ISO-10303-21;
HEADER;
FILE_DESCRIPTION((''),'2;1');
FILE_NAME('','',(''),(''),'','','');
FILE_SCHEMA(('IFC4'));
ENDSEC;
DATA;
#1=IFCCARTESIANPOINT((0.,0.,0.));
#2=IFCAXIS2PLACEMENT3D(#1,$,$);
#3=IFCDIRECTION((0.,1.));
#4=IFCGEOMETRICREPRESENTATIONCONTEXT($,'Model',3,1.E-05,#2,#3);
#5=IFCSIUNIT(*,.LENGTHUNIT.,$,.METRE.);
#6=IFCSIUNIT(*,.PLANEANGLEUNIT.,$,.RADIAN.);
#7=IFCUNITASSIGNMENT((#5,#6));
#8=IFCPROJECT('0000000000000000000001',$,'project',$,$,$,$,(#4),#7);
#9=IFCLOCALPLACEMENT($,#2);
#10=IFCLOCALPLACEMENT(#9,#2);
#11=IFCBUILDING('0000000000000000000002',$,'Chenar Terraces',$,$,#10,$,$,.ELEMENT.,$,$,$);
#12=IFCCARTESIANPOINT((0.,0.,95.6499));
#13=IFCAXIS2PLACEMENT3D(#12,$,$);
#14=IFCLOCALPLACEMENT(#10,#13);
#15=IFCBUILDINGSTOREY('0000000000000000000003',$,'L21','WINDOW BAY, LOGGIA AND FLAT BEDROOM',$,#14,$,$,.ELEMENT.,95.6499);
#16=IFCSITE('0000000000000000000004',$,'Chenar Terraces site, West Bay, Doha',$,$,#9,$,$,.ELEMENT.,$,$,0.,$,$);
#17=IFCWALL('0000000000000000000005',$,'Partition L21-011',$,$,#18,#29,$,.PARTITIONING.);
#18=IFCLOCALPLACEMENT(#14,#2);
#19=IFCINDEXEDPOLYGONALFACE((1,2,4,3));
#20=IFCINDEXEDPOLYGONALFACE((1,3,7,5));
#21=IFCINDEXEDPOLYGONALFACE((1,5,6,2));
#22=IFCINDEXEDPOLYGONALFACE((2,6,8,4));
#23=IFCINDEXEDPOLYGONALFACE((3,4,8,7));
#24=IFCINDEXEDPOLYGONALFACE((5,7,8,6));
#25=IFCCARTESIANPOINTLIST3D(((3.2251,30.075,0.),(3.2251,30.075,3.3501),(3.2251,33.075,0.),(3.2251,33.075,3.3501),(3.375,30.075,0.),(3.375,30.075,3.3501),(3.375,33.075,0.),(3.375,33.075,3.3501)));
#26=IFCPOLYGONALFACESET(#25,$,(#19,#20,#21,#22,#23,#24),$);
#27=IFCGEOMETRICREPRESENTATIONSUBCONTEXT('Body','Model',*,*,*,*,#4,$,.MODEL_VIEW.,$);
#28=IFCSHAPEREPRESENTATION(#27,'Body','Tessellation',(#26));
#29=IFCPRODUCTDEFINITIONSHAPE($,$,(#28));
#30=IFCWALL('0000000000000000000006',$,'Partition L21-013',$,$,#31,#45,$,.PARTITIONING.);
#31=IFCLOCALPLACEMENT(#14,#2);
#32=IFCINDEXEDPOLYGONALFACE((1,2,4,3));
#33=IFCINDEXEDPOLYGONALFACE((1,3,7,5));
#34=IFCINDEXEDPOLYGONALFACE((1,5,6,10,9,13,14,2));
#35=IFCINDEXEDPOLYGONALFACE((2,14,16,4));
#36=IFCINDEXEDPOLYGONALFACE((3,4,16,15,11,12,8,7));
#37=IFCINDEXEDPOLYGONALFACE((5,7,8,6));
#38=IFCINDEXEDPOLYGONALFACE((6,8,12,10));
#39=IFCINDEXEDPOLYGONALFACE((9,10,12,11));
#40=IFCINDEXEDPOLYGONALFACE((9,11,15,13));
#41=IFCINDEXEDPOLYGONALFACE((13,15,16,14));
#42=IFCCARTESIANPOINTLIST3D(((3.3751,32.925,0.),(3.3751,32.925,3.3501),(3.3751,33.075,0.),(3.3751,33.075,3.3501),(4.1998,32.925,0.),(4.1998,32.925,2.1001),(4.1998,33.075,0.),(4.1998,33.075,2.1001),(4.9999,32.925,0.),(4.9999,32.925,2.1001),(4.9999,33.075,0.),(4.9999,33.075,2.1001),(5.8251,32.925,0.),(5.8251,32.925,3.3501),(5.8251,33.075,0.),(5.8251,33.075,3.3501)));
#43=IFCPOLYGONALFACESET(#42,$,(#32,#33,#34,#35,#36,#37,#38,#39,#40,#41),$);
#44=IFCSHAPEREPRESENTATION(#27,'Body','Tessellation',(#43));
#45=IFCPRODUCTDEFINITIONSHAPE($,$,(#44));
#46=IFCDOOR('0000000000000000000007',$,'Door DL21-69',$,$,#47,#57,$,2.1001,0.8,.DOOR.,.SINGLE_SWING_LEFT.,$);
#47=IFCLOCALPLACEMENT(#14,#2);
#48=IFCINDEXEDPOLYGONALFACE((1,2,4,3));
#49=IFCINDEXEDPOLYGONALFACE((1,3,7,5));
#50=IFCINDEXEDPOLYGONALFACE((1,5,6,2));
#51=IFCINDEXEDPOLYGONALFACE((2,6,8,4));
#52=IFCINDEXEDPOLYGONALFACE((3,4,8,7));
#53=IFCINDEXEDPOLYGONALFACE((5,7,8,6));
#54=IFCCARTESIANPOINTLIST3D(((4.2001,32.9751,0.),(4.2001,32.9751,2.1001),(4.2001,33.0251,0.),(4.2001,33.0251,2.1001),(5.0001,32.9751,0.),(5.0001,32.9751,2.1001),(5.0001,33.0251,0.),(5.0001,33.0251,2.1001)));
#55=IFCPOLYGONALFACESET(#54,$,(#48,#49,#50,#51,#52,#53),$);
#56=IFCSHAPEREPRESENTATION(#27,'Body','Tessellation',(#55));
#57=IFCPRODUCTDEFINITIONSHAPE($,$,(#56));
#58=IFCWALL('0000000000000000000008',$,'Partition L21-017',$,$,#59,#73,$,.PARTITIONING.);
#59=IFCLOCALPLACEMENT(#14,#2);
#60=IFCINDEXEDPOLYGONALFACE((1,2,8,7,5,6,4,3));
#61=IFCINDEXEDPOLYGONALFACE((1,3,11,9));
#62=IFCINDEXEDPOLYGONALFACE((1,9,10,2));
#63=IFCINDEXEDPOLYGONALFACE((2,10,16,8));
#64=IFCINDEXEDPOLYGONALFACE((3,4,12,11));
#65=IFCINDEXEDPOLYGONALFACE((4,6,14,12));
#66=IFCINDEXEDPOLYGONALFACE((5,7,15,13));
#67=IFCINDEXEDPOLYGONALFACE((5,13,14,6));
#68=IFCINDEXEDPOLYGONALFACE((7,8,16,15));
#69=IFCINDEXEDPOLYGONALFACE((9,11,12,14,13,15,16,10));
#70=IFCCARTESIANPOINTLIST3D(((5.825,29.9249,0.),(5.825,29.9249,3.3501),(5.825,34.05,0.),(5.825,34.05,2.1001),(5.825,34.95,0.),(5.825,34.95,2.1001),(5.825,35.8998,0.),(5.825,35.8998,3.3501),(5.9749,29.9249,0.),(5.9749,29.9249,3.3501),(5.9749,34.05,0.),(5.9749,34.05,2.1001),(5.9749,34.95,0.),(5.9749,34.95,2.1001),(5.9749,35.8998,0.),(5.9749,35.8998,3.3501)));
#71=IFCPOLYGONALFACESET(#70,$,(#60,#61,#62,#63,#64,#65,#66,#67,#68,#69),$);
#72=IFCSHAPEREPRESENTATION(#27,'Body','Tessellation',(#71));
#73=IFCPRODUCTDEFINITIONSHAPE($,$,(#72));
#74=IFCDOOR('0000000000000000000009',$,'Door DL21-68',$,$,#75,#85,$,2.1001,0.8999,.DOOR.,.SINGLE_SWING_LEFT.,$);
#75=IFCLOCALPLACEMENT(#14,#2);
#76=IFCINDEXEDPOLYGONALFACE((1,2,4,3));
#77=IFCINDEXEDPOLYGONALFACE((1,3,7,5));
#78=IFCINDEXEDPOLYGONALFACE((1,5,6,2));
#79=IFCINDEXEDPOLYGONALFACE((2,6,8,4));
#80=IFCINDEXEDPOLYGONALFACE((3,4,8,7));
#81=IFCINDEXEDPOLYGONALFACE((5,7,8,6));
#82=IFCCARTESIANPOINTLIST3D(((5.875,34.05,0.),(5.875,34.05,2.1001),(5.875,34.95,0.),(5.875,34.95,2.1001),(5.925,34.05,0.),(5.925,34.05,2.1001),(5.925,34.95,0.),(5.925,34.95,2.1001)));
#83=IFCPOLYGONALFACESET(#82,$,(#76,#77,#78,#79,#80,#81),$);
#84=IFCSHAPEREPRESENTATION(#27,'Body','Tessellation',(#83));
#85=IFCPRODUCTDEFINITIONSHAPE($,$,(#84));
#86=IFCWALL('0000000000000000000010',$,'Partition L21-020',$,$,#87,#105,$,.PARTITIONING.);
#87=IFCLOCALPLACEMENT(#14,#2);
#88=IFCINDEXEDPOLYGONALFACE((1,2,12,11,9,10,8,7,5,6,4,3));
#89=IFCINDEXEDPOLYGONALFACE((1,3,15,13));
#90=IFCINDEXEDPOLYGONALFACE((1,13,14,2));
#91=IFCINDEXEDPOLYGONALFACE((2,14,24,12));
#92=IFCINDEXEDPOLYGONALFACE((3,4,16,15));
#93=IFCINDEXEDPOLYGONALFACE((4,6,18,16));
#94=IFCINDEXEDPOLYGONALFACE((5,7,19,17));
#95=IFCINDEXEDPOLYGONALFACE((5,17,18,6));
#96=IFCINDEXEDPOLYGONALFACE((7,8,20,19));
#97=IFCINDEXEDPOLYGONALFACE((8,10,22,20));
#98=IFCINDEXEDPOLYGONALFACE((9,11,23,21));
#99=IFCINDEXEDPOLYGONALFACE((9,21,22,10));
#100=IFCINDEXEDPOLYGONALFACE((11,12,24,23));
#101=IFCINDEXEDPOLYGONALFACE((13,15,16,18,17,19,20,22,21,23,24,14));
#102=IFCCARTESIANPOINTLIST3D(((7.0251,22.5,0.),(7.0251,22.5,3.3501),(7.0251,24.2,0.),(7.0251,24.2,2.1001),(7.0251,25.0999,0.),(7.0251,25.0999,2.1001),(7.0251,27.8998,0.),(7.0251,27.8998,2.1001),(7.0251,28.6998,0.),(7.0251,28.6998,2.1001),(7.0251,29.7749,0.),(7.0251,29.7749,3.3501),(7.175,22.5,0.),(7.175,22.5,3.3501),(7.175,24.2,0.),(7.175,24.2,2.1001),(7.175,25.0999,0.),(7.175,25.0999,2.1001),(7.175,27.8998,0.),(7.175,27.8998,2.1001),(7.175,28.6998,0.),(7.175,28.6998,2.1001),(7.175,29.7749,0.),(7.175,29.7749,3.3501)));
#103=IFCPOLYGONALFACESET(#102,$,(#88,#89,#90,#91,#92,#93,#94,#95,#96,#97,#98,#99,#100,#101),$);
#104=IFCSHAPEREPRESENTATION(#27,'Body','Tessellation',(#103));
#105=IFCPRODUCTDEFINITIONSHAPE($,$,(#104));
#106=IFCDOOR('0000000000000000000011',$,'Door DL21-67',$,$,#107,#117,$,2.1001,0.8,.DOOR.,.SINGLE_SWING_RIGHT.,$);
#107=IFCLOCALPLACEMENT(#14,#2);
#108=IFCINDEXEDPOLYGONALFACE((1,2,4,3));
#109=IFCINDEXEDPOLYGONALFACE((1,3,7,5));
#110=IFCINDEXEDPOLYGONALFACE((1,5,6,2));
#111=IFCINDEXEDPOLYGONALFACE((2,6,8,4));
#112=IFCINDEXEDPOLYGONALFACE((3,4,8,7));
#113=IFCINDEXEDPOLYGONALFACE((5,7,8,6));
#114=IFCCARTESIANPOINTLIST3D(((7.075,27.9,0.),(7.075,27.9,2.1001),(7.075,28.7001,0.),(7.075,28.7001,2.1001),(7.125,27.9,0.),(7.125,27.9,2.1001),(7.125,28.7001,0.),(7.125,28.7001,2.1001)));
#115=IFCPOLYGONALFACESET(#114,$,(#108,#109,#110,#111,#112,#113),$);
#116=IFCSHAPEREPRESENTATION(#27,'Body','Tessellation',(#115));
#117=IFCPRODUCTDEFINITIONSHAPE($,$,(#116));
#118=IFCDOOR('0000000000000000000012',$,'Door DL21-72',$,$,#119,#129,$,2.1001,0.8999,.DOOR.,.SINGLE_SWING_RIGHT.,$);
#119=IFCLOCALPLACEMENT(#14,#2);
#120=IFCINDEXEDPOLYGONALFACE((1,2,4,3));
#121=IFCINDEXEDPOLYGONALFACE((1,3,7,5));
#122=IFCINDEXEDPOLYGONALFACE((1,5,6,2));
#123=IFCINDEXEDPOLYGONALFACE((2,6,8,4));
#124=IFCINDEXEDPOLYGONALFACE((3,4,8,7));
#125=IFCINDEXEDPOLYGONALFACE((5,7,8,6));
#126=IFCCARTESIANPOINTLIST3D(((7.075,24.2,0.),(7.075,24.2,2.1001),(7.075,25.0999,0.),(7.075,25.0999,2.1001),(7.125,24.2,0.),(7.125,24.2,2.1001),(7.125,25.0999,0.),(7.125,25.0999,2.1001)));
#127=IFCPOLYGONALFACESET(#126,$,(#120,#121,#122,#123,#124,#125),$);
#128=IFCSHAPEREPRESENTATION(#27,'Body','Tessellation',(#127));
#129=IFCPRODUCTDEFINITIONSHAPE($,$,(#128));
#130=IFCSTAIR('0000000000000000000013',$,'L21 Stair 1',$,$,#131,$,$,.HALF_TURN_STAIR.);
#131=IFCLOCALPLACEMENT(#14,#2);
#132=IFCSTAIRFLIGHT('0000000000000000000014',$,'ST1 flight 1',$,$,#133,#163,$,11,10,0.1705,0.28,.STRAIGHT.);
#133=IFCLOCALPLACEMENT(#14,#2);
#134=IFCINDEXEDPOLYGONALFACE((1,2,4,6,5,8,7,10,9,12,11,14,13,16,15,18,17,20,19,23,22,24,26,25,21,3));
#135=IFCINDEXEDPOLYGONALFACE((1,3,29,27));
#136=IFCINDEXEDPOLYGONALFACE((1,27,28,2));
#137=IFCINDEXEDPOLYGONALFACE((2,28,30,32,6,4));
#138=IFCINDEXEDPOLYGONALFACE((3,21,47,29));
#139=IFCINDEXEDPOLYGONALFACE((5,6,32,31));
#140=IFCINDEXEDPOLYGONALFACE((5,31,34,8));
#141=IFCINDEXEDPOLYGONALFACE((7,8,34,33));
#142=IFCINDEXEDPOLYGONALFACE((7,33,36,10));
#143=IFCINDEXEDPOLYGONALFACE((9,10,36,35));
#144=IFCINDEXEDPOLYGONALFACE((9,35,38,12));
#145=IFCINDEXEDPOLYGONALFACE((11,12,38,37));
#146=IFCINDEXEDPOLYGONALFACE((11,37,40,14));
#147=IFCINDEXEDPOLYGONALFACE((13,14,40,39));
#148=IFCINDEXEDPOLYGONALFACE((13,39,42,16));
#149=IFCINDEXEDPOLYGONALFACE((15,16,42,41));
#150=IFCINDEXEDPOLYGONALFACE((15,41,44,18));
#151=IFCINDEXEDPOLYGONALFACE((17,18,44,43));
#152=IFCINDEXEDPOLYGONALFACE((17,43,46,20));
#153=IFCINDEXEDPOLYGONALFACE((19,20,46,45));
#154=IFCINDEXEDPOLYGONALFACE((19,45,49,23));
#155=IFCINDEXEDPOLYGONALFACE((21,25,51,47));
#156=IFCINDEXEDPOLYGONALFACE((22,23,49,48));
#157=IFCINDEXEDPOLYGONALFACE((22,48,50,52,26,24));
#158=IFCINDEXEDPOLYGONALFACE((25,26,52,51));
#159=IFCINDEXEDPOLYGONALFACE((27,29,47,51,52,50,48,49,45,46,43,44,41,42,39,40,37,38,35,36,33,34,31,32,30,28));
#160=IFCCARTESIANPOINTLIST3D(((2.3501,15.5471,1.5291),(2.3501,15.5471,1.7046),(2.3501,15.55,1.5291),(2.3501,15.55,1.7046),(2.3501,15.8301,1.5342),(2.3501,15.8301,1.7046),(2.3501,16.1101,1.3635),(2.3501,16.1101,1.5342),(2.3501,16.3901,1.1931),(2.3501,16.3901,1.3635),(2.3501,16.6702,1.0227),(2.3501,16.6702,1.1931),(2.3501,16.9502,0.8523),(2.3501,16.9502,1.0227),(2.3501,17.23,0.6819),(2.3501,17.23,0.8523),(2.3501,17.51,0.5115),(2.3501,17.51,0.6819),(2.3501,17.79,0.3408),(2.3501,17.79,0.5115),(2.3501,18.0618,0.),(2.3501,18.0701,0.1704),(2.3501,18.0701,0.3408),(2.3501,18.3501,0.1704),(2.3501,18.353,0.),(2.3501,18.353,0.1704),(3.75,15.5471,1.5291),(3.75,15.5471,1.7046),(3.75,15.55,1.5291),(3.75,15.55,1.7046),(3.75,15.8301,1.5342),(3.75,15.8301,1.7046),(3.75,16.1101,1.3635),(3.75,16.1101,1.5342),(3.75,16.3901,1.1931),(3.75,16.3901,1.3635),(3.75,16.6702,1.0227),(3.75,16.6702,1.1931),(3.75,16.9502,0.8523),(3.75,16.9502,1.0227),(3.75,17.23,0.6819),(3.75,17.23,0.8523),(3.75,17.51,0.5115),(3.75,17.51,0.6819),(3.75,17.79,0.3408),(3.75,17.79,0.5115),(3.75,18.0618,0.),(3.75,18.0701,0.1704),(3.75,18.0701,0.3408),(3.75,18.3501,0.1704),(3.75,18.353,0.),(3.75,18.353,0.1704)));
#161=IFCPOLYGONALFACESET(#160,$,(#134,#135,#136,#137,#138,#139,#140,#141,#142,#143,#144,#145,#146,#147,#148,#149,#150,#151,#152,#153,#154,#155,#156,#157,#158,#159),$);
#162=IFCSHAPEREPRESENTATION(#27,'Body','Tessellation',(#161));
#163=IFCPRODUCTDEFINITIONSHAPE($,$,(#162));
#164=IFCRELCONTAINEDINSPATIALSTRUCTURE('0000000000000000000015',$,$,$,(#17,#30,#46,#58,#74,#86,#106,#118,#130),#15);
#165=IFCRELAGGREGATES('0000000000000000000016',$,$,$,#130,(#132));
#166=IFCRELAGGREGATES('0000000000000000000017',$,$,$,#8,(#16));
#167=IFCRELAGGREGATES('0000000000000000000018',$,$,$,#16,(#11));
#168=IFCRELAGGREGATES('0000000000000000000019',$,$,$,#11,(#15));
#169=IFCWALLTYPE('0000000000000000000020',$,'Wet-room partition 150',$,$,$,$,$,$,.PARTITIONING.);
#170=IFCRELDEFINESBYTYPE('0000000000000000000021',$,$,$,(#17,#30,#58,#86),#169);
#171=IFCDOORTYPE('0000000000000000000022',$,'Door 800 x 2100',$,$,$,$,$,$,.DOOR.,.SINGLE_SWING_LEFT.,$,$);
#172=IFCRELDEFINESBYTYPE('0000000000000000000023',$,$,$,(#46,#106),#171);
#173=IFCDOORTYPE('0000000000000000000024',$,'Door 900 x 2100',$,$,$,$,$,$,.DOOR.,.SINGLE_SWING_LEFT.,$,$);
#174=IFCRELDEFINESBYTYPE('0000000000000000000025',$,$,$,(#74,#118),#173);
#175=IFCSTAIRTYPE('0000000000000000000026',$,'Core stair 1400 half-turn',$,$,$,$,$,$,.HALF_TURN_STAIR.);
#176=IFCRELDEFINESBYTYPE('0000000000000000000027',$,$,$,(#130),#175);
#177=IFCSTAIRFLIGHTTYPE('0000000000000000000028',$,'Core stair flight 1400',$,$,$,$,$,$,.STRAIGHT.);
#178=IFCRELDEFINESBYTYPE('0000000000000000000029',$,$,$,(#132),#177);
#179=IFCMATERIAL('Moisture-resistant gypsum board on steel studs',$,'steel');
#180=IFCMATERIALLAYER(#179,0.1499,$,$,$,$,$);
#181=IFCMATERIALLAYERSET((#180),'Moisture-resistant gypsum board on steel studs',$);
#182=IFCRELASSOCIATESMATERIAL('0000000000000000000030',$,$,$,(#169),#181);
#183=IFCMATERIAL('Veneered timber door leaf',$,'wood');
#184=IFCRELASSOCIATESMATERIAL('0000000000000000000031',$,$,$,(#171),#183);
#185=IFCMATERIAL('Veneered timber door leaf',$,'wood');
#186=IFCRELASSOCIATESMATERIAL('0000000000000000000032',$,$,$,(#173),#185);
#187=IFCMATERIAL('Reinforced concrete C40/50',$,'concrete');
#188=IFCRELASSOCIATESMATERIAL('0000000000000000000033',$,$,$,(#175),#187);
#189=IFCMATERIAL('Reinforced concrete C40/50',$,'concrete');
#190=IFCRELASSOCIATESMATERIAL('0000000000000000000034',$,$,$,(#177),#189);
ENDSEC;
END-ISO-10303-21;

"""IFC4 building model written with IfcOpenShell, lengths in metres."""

from ifc_helpers import new_model, si_unit, direction, frame, frame_2d, origin, place, context, subcontext, project, spatial, polyline, rectangle, outline, extrude, material, layer, layer_set, type_object, element, fill, aggregate, save


model = new_model("IFC4")

# Units and contexts
model_context = context("Model", 3, precision=1e-05, world=origin(), true_north=direction((0.0, 1.0)))
body_context = subcontext(model_context, "Body", "Model", "MODEL_VIEW")
ifc_project = project(units=[si_unit("LENGTHUNIT", "METRE"), si_unit("PLANEANGLEUNIT", "RADIAN")], contexts=[model_context])

# Site, building, storey
site_placement = place(None, origin())
site = spatial("IfcSite", under=ifc_project, at=site_placement, Name="Chenar Terraces site, West Bay, Doha", CompositionType="ELEMENT", RefElevation=0.0)
building_placement = place(site_placement, origin())
building = spatial("IfcBuilding", under=site, at=building_placement, Name="Chenar Terraces", CompositionType="ELEMENT")
storey_placement = place(building_placement, frame((0.0, 0.0, 95.6499)))
storey = spatial("IfcBuildingStorey", under=building, at=storey_placement, Name="L21", Description="WINDOW BAY, LOGGIA AND FLAT BEDROOM", CompositionType="ELEMENT", Elevation=95.6499)

# Wall
ifc_material_1 = material(Name="Moisture-resistant gypsum board on steel studs", Category="steel")
ifc_layer_1 = layer(ifc_material_1, 0.1499)
ifc_layer_set_1 = layer_set([ifc_layer_1], Name="Moisture-resistant gypsum board on steel studs")
wall_type_1 = type_object("IfcWallType", Name="Wet-room partition 150", PredefinedType="PARTITIONING", material=ifc_layer_set_1)
wall_1_placement = place(storey_placement, frame((3.3, 30.075, 0.0), z_axis=(0.0, 0.0, 1.0), x_axis=(0.0, 1.0, 0.0)))
element("IfcWall", 1, at=wall_1_placement, inside=storey, type_object=wall_type_1, Name="Partition L21-011", PredefinedType="PARTITIONING", context=body_context, shape_type="SweptSolid", body=[
    extrude(rectangle(XDim=3.0, YDim=0.1499, at=frame_2d((1.5, 0.0))), origin(), (0.0, 0.0, 1.0), 3.3501),
])

# Walls, openings, doors
wall_2_placement = place(storey_placement, frame((3.375, 33.0, 0.0), z_axis=(0.0, 0.0, 1.0), x_axis=(1.0, 0.0, 0.0)))
wall_2 = element("IfcWall", 2, at=wall_2_placement, inside=storey, type_object=wall_type_1, Name="Partition L21-013", PredefinedType="PARTITIONING", context=body_context, shape_type="SweptSolid", body=[
    extrude(rectangle(XDim=2.45, YDim=0.1499, at=frame_2d((1.2251, 0.0))), origin(), (0.0, 0.0, 1.0), 3.3501),
])
opening_1_placement = place(wall_2_placement, frame((0.825, 0.0, 0.0)))
opening_1 = element("IfcOpeningElement", 3, at=opening_1_placement, cuts=wall_2, PredefinedType="OPENING", context=body_context, shape_type="SweptSolid", body=[
    extrude(rectangle(XDim=0.8, YDim=2.1001, at=frame_2d((0.3999, 1.05))), frame((0.0, 0.085, 0.0), z_axis=(0.0, -1.0, 0.0), x_axis=(1.0, 0.0, 0.0)), (0.0, 0.0, 1.0), 0.1699),
])
ifc_material_2 = material(Name="Veneered timber door leaf", Category="wood")
door_type_1 = type_object("IfcDoorType", Name="Door 800 x 2100", OperationType="SINGLE_SWING_LEFT", PredefinedType="DOOR", material=ifc_material_2)
door_1_placement = place(opening_1_placement, frame((0.8, 0.0, 0.0), z_axis=(0.0, 0.0, 1.0), x_axis=(-1.0, 0.0, 0.0)))
door_1 = element("IfcDoor", 4, at=door_1_placement, inside=storey, type_object=door_type_1, Name="Door DL21-69", OperationType="SINGLE_SWING_LEFT", OverallHeight=2.1001, OverallWidth=0.8, PredefinedType="DOOR", context=body_context, shape_type="SweptSolid", body=[
    extrude(rectangle(XDim=0.8, YDim=2.1001, at=frame_2d((0.3999, 1.05))), frame((0.0, 0.0249, 0.0), z_axis=(0.0, -1.0, 0.0), x_axis=(1.0, 0.0, 0.0)), (0.0, 0.0, 1.0), 0.05),
])
fill(opening_1, door_1)
wall_3_placement = place(storey_placement, frame((5.8999, 29.925, 0.0), z_axis=(0.0, 0.0, 1.0), x_axis=(0.0, 1.0, 0.0)))
wall_3 = element("IfcWall", 5, at=wall_3_placement, inside=storey, type_object=wall_type_1, Name="Partition L21-017", PredefinedType="PARTITIONING", context=body_context, shape_type="SweptSolid", body=[
    extrude(rectangle(XDim=5.9749, YDim=0.1499, at=frame_2d((2.9873, 0.0))), origin(), (0.0, 0.0, 1.0), 3.3501),
])
opening_2_placement = place(wall_3_placement, frame((4.125, 0.0, 0.0)))
opening_2 = element("IfcOpeningElement", 6, at=opening_2_placement, cuts=wall_3, PredefinedType="OPENING", context=body_context, shape_type="SweptSolid", body=[
    extrude(rectangle(XDim=0.8999, YDim=2.1001, at=frame_2d((0.45, 1.05))), frame((0.0, 0.085, 0.0), z_axis=(0.0, -1.0, 0.0), x_axis=(1.0, 0.0, 0.0)), (0.0, 0.0, 1.0), 0.1699),
])
ifc_material_3 = material(Name="Veneered timber door leaf", Category="wood")
door_type_2 = type_object("IfcDoorType", Name="Door 900 x 2100", OperationType="SINGLE_SWING_LEFT", PredefinedType="DOOR", material=ifc_material_3)
door_2_placement = place(opening_2_placement, origin())
door_2 = element("IfcDoor", 7, at=door_2_placement, inside=storey, type_object=door_type_2, Name="Door DL21-68", OperationType="SINGLE_SWING_LEFT", OverallHeight=2.1001, OverallWidth=0.8999, PredefinedType="DOOR", context=body_context, shape_type="SweptSolid", body=[
    extrude(rectangle(XDim=0.8999, YDim=2.1001, at=frame_2d((0.45, 1.05))), frame((0.0, 0.0249, 0.0), z_axis=(0.0, -1.0, 0.0), x_axis=(1.0, 0.0, 0.0)), (0.0, 0.0, 1.0), 0.05),
])
fill(opening_2, door_2)

# Wall, openings, doors
wall_4_placement = place(storey_placement, frame((7.1001, 22.5, 0.0), z_axis=(0.0, 0.0, 1.0), x_axis=(0.0, 1.0, 0.0)))
wall_4 = element("IfcWall", 8, at=wall_4_placement, inside=storey, type_object=wall_type_1, Name="Partition L21-020", PredefinedType="PARTITIONING", context=body_context, shape_type="SweptSolid", body=[
    extrude(rectangle(XDim=7.2749, YDim=0.1499, at=frame_2d((3.6375, 0.0))), origin(), (0.0, 0.0, 1.0), 3.3501),
])
opening_3_placement = place(wall_4_placement, frame((5.3999, 0.0, 0.0)))
opening_3 = element("IfcOpeningElement", 9, at=opening_3_placement, cuts=wall_4, PredefinedType="OPENING", context=body_context, shape_type="SweptSolid", body=[
    extrude(rectangle(XDim=0.8, YDim=2.1001, at=frame_2d((0.3999, 1.05))), frame((0.0, 0.085, 0.0), z_axis=(0.0, -1.0, 0.0), x_axis=(1.0, 0.0, 0.0)), (0.0, 0.0, 1.0), 0.1699),
])
opening_4_placement = place(wall_4_placement, frame((1.7, 0.0, 0.0)))
opening_4 = element("IfcOpeningElement", 10, at=opening_4_placement, cuts=wall_4, PredefinedType="OPENING", context=body_context, shape_type="SweptSolid", body=[
    extrude(rectangle(XDim=0.8999, YDim=2.1001, at=frame_2d((0.45, 1.05))), frame((0.0, 0.085, 0.0), z_axis=(0.0, -1.0, 0.0), x_axis=(1.0, 0.0, 0.0)), (0.0, 0.0, 1.0), 0.1699),
])
door_3_placement = place(opening_3_placement, frame((0.8, 0.0, 0.0), z_axis=(0.0, 0.0, 1.0), x_axis=(-1.0, 0.0, 0.0)))
door_3 = element("IfcDoor", 11, at=door_3_placement, inside=storey, type_object=door_type_1, Name="Door DL21-67", OperationType="SINGLE_SWING_RIGHT", OverallHeight=2.1001, OverallWidth=0.8, PredefinedType="DOOR", context=body_context, shape_type="SweptSolid", body=[
    extrude(rectangle(XDim=0.8, YDim=2.1001, at=frame_2d((0.3999, 1.05))), frame((0.0, 0.0249, 0.0), z_axis=(0.0, -1.0, 0.0), x_axis=(1.0, 0.0, 0.0)), (0.0, 0.0, 1.0), 0.05),
])
fill(opening_3, door_3)
door_4_placement = place(opening_4_placement, frame((0.8999, 0.0, 0.0), z_axis=(0.0, 0.0, 1.0), x_axis=(-1.0, 0.0, 0.0)))
door_4 = element("IfcDoor", 12, at=door_4_placement, inside=storey, type_object=door_type_2, Name="Door DL21-72", OperationType="SINGLE_SWING_RIGHT", OverallHeight=2.1001, OverallWidth=0.8999, PredefinedType="DOOR", context=body_context, shape_type="SweptSolid", body=[
    extrude(rectangle(XDim=0.8999, YDim=2.1001, at=frame_2d((0.45, 1.05))), frame((0.0, 0.0249, 0.0), z_axis=(0.0, -1.0, 0.0), x_axis=(1.0, 0.0, 0.0)), (0.0, 0.0, 1.0), 0.05),
])
fill(opening_4, door_4)

# Stair, stair flight
ifc_material_4 = material(Name="Reinforced concrete C40/50", Category="concrete")
stair_type = type_object("IfcStairType", Name="Core stair 1400 half-turn", PredefinedType="HALF_TURN_STAIR", material=ifc_material_4)
stair_placement = place(storey_placement, origin())
stair = element("IfcStair", 13, at=stair_placement, inside=storey, type_object=stair_type, Name="L21 Stair 1", PredefinedType="HALF_TURN_STAIR")
ifc_material_5 = material(Name="Reinforced concrete C40/50", Category="concrete")
stair_flight_type = type_object("IfcStairFlightType", Name="Core stair flight 1400", PredefinedType="STRAIGHT", material=ifc_material_5)
stair_flight_placement = place(storey_placement, frame((3.05, 18.3501, 0.0), z_axis=(0.0, 0.0, 1.0), x_axis=(0.0, -1.0, 0.0)))
stair_flight = element("IfcStairFlight", 14, at=stair_flight_placement, type_object=stair_flight_type, Name="ST1 flight 1", NumberOfRisers=11, NumberOfTreads=10, PredefinedType="STRAIGHT", RiserHeight=0.1705, TreadLength=0.28, context=body_context, shape_type="SweptSolid", body=[
    extrude(outline(polyline([(-0.0029, 0.0), (-0.0029, 0.1704), (0.0, 0.1704), (0.28, 0.1704), (0.28, 0.3408), (0.5601, 0.3408), (0.5601, 0.5115), (0.8401, 0.5115), (0.8401, 0.6819), (1.1201, 0.6819), (1.1201, 0.8523), (1.3999, 0.8523), (1.3999, 1.0227), (1.6799, 1.0227), (1.6799, 1.1931), (1.96, 1.1931), (1.96, 1.3635), (2.24, 1.3635), (2.24, 1.5342), (2.52, 1.5342), (2.52, 1.7046), (2.8, 1.7046), (2.803, 1.7046), (2.803, 1.5291), (2.8, 1.5291), (0.2883, 0.0), (-0.0029, 0.0)])), frame((0.0, 0.7, 0.0), z_axis=(0.0, -1.0, 0.0), x_axis=(1.0, 0.0, 0.0)), (0.0, 0.0, 1.0), 1.3999),
])
aggregate(stair, [stair_flight])

save(model, "model.ifc")
